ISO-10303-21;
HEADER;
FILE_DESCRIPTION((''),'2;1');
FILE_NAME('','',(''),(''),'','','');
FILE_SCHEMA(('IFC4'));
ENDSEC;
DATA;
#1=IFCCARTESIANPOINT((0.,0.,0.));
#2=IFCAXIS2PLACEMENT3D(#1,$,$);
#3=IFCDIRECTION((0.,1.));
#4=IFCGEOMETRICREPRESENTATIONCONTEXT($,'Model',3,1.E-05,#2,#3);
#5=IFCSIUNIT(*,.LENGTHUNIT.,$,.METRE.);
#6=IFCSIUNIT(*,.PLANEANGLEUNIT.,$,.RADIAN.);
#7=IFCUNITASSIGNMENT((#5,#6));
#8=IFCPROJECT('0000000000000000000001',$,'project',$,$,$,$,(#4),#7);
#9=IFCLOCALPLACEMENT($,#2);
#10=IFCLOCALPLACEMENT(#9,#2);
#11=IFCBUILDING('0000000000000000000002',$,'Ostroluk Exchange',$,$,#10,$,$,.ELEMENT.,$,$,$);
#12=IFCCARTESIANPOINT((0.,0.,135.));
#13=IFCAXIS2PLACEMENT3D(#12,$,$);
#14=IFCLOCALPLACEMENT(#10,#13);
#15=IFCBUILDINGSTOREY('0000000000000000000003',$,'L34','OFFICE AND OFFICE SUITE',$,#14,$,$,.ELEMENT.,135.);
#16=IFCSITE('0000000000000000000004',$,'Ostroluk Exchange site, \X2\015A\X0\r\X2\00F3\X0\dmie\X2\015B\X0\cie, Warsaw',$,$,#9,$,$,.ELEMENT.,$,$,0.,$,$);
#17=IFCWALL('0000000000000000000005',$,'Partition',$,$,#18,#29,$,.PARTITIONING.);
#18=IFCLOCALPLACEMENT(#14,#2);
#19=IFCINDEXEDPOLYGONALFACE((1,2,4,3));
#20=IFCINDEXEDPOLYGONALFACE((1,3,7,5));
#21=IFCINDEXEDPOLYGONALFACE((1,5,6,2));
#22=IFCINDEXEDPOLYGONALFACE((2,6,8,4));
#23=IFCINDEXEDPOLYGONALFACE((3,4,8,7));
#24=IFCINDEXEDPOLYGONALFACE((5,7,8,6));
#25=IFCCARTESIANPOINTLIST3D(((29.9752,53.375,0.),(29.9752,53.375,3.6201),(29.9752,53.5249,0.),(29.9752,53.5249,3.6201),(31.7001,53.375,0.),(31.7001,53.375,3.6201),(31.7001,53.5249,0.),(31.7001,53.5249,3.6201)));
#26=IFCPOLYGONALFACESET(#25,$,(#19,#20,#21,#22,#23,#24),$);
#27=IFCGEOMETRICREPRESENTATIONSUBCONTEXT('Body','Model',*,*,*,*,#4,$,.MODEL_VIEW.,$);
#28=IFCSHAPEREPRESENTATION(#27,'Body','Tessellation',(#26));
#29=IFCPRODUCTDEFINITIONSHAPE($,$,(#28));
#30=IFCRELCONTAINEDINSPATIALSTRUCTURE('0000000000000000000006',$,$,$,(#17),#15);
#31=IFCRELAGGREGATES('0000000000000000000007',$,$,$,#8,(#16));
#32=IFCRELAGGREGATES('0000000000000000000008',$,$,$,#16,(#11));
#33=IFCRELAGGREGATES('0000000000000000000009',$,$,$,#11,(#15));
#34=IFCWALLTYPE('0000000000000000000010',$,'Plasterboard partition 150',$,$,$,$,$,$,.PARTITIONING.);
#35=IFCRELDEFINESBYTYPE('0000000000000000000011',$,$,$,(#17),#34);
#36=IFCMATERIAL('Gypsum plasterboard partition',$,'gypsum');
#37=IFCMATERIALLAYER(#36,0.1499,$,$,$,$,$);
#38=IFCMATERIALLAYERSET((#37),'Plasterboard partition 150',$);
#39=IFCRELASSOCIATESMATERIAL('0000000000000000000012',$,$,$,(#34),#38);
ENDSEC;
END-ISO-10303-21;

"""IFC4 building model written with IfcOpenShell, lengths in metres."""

from ifc_helpers import new_model, si_unit, direction, frame, frame_2d, origin, place, context, subcontext, project, spatial, rectangle, extrude, material, layer, layer_set, type_object, element, save


model = new_model("IFC4")

# Units and contexts
model_context = context("Model", 3, precision=1e-05, world=origin(), true_north=direction((0.0, 1.0)))
body_context = subcontext(model_context, "Body", "Model", "MODEL_VIEW")
ifc_project = project(units=[si_unit("LENGTHUNIT", "METRE"), si_unit("PLANEANGLEUNIT", "RADIAN")], contexts=[model_context])

# Site, building, storey
site_placement = place(None, origin())
site = spatial("IfcSite", under=ifc_project, at=site_placement, Name="Ostroluk Exchange site, Śródmieście, Warsaw", CompositionType="ELEMENT", RefElevation=0.0)
building_placement = place(site_placement, origin())
building = spatial("IfcBuilding", under=site, at=building_placement, Name="Ostroluk Exchange", CompositionType="ELEMENT")
storey_placement = place(building_placement, frame((0.0, 0.0, 135.0)))
storey = spatial("IfcBuildingStorey", under=building, at=storey_placement, Name="L34", Description="OFFICE AND OFFICE SUITE", CompositionType="ELEMENT", Elevation=135.0)

# Wall
ifc_material_1 = material(Name="Gypsum plasterboard partition", Category="gypsum")
ifc_layer_1 = layer(ifc_material_1, 0.1499)
ifc_layer_set_1 = layer_set([ifc_layer_1], Name="Plasterboard partition 150")
wall_type_1 = type_object("IfcWallType", Name="Plasterboard partition 150", PredefinedType="PARTITIONING", material=ifc_layer_set_1)
wall_1_placement = place(storey_placement, frame((31.7, 53.45, 0.0), z_axis=(0.0, 0.0, 1.0), x_axis=(-1.0, 0.0, 0.0)))
element("IfcWall", 1, at=wall_1_placement, inside=storey, type_object=wall_type_1, Name="Partition", PredefinedType="PARTITIONING", context=body_context, shape_type="SweptSolid", body=[
    extrude(rectangle(XDim=1.7249, YDim=0.1499, at=frame_2d((0.8623, 0.0))), origin(), (0.0, 0.0, 1.0), 3.6201),
])

save(model, "model.ifc")
